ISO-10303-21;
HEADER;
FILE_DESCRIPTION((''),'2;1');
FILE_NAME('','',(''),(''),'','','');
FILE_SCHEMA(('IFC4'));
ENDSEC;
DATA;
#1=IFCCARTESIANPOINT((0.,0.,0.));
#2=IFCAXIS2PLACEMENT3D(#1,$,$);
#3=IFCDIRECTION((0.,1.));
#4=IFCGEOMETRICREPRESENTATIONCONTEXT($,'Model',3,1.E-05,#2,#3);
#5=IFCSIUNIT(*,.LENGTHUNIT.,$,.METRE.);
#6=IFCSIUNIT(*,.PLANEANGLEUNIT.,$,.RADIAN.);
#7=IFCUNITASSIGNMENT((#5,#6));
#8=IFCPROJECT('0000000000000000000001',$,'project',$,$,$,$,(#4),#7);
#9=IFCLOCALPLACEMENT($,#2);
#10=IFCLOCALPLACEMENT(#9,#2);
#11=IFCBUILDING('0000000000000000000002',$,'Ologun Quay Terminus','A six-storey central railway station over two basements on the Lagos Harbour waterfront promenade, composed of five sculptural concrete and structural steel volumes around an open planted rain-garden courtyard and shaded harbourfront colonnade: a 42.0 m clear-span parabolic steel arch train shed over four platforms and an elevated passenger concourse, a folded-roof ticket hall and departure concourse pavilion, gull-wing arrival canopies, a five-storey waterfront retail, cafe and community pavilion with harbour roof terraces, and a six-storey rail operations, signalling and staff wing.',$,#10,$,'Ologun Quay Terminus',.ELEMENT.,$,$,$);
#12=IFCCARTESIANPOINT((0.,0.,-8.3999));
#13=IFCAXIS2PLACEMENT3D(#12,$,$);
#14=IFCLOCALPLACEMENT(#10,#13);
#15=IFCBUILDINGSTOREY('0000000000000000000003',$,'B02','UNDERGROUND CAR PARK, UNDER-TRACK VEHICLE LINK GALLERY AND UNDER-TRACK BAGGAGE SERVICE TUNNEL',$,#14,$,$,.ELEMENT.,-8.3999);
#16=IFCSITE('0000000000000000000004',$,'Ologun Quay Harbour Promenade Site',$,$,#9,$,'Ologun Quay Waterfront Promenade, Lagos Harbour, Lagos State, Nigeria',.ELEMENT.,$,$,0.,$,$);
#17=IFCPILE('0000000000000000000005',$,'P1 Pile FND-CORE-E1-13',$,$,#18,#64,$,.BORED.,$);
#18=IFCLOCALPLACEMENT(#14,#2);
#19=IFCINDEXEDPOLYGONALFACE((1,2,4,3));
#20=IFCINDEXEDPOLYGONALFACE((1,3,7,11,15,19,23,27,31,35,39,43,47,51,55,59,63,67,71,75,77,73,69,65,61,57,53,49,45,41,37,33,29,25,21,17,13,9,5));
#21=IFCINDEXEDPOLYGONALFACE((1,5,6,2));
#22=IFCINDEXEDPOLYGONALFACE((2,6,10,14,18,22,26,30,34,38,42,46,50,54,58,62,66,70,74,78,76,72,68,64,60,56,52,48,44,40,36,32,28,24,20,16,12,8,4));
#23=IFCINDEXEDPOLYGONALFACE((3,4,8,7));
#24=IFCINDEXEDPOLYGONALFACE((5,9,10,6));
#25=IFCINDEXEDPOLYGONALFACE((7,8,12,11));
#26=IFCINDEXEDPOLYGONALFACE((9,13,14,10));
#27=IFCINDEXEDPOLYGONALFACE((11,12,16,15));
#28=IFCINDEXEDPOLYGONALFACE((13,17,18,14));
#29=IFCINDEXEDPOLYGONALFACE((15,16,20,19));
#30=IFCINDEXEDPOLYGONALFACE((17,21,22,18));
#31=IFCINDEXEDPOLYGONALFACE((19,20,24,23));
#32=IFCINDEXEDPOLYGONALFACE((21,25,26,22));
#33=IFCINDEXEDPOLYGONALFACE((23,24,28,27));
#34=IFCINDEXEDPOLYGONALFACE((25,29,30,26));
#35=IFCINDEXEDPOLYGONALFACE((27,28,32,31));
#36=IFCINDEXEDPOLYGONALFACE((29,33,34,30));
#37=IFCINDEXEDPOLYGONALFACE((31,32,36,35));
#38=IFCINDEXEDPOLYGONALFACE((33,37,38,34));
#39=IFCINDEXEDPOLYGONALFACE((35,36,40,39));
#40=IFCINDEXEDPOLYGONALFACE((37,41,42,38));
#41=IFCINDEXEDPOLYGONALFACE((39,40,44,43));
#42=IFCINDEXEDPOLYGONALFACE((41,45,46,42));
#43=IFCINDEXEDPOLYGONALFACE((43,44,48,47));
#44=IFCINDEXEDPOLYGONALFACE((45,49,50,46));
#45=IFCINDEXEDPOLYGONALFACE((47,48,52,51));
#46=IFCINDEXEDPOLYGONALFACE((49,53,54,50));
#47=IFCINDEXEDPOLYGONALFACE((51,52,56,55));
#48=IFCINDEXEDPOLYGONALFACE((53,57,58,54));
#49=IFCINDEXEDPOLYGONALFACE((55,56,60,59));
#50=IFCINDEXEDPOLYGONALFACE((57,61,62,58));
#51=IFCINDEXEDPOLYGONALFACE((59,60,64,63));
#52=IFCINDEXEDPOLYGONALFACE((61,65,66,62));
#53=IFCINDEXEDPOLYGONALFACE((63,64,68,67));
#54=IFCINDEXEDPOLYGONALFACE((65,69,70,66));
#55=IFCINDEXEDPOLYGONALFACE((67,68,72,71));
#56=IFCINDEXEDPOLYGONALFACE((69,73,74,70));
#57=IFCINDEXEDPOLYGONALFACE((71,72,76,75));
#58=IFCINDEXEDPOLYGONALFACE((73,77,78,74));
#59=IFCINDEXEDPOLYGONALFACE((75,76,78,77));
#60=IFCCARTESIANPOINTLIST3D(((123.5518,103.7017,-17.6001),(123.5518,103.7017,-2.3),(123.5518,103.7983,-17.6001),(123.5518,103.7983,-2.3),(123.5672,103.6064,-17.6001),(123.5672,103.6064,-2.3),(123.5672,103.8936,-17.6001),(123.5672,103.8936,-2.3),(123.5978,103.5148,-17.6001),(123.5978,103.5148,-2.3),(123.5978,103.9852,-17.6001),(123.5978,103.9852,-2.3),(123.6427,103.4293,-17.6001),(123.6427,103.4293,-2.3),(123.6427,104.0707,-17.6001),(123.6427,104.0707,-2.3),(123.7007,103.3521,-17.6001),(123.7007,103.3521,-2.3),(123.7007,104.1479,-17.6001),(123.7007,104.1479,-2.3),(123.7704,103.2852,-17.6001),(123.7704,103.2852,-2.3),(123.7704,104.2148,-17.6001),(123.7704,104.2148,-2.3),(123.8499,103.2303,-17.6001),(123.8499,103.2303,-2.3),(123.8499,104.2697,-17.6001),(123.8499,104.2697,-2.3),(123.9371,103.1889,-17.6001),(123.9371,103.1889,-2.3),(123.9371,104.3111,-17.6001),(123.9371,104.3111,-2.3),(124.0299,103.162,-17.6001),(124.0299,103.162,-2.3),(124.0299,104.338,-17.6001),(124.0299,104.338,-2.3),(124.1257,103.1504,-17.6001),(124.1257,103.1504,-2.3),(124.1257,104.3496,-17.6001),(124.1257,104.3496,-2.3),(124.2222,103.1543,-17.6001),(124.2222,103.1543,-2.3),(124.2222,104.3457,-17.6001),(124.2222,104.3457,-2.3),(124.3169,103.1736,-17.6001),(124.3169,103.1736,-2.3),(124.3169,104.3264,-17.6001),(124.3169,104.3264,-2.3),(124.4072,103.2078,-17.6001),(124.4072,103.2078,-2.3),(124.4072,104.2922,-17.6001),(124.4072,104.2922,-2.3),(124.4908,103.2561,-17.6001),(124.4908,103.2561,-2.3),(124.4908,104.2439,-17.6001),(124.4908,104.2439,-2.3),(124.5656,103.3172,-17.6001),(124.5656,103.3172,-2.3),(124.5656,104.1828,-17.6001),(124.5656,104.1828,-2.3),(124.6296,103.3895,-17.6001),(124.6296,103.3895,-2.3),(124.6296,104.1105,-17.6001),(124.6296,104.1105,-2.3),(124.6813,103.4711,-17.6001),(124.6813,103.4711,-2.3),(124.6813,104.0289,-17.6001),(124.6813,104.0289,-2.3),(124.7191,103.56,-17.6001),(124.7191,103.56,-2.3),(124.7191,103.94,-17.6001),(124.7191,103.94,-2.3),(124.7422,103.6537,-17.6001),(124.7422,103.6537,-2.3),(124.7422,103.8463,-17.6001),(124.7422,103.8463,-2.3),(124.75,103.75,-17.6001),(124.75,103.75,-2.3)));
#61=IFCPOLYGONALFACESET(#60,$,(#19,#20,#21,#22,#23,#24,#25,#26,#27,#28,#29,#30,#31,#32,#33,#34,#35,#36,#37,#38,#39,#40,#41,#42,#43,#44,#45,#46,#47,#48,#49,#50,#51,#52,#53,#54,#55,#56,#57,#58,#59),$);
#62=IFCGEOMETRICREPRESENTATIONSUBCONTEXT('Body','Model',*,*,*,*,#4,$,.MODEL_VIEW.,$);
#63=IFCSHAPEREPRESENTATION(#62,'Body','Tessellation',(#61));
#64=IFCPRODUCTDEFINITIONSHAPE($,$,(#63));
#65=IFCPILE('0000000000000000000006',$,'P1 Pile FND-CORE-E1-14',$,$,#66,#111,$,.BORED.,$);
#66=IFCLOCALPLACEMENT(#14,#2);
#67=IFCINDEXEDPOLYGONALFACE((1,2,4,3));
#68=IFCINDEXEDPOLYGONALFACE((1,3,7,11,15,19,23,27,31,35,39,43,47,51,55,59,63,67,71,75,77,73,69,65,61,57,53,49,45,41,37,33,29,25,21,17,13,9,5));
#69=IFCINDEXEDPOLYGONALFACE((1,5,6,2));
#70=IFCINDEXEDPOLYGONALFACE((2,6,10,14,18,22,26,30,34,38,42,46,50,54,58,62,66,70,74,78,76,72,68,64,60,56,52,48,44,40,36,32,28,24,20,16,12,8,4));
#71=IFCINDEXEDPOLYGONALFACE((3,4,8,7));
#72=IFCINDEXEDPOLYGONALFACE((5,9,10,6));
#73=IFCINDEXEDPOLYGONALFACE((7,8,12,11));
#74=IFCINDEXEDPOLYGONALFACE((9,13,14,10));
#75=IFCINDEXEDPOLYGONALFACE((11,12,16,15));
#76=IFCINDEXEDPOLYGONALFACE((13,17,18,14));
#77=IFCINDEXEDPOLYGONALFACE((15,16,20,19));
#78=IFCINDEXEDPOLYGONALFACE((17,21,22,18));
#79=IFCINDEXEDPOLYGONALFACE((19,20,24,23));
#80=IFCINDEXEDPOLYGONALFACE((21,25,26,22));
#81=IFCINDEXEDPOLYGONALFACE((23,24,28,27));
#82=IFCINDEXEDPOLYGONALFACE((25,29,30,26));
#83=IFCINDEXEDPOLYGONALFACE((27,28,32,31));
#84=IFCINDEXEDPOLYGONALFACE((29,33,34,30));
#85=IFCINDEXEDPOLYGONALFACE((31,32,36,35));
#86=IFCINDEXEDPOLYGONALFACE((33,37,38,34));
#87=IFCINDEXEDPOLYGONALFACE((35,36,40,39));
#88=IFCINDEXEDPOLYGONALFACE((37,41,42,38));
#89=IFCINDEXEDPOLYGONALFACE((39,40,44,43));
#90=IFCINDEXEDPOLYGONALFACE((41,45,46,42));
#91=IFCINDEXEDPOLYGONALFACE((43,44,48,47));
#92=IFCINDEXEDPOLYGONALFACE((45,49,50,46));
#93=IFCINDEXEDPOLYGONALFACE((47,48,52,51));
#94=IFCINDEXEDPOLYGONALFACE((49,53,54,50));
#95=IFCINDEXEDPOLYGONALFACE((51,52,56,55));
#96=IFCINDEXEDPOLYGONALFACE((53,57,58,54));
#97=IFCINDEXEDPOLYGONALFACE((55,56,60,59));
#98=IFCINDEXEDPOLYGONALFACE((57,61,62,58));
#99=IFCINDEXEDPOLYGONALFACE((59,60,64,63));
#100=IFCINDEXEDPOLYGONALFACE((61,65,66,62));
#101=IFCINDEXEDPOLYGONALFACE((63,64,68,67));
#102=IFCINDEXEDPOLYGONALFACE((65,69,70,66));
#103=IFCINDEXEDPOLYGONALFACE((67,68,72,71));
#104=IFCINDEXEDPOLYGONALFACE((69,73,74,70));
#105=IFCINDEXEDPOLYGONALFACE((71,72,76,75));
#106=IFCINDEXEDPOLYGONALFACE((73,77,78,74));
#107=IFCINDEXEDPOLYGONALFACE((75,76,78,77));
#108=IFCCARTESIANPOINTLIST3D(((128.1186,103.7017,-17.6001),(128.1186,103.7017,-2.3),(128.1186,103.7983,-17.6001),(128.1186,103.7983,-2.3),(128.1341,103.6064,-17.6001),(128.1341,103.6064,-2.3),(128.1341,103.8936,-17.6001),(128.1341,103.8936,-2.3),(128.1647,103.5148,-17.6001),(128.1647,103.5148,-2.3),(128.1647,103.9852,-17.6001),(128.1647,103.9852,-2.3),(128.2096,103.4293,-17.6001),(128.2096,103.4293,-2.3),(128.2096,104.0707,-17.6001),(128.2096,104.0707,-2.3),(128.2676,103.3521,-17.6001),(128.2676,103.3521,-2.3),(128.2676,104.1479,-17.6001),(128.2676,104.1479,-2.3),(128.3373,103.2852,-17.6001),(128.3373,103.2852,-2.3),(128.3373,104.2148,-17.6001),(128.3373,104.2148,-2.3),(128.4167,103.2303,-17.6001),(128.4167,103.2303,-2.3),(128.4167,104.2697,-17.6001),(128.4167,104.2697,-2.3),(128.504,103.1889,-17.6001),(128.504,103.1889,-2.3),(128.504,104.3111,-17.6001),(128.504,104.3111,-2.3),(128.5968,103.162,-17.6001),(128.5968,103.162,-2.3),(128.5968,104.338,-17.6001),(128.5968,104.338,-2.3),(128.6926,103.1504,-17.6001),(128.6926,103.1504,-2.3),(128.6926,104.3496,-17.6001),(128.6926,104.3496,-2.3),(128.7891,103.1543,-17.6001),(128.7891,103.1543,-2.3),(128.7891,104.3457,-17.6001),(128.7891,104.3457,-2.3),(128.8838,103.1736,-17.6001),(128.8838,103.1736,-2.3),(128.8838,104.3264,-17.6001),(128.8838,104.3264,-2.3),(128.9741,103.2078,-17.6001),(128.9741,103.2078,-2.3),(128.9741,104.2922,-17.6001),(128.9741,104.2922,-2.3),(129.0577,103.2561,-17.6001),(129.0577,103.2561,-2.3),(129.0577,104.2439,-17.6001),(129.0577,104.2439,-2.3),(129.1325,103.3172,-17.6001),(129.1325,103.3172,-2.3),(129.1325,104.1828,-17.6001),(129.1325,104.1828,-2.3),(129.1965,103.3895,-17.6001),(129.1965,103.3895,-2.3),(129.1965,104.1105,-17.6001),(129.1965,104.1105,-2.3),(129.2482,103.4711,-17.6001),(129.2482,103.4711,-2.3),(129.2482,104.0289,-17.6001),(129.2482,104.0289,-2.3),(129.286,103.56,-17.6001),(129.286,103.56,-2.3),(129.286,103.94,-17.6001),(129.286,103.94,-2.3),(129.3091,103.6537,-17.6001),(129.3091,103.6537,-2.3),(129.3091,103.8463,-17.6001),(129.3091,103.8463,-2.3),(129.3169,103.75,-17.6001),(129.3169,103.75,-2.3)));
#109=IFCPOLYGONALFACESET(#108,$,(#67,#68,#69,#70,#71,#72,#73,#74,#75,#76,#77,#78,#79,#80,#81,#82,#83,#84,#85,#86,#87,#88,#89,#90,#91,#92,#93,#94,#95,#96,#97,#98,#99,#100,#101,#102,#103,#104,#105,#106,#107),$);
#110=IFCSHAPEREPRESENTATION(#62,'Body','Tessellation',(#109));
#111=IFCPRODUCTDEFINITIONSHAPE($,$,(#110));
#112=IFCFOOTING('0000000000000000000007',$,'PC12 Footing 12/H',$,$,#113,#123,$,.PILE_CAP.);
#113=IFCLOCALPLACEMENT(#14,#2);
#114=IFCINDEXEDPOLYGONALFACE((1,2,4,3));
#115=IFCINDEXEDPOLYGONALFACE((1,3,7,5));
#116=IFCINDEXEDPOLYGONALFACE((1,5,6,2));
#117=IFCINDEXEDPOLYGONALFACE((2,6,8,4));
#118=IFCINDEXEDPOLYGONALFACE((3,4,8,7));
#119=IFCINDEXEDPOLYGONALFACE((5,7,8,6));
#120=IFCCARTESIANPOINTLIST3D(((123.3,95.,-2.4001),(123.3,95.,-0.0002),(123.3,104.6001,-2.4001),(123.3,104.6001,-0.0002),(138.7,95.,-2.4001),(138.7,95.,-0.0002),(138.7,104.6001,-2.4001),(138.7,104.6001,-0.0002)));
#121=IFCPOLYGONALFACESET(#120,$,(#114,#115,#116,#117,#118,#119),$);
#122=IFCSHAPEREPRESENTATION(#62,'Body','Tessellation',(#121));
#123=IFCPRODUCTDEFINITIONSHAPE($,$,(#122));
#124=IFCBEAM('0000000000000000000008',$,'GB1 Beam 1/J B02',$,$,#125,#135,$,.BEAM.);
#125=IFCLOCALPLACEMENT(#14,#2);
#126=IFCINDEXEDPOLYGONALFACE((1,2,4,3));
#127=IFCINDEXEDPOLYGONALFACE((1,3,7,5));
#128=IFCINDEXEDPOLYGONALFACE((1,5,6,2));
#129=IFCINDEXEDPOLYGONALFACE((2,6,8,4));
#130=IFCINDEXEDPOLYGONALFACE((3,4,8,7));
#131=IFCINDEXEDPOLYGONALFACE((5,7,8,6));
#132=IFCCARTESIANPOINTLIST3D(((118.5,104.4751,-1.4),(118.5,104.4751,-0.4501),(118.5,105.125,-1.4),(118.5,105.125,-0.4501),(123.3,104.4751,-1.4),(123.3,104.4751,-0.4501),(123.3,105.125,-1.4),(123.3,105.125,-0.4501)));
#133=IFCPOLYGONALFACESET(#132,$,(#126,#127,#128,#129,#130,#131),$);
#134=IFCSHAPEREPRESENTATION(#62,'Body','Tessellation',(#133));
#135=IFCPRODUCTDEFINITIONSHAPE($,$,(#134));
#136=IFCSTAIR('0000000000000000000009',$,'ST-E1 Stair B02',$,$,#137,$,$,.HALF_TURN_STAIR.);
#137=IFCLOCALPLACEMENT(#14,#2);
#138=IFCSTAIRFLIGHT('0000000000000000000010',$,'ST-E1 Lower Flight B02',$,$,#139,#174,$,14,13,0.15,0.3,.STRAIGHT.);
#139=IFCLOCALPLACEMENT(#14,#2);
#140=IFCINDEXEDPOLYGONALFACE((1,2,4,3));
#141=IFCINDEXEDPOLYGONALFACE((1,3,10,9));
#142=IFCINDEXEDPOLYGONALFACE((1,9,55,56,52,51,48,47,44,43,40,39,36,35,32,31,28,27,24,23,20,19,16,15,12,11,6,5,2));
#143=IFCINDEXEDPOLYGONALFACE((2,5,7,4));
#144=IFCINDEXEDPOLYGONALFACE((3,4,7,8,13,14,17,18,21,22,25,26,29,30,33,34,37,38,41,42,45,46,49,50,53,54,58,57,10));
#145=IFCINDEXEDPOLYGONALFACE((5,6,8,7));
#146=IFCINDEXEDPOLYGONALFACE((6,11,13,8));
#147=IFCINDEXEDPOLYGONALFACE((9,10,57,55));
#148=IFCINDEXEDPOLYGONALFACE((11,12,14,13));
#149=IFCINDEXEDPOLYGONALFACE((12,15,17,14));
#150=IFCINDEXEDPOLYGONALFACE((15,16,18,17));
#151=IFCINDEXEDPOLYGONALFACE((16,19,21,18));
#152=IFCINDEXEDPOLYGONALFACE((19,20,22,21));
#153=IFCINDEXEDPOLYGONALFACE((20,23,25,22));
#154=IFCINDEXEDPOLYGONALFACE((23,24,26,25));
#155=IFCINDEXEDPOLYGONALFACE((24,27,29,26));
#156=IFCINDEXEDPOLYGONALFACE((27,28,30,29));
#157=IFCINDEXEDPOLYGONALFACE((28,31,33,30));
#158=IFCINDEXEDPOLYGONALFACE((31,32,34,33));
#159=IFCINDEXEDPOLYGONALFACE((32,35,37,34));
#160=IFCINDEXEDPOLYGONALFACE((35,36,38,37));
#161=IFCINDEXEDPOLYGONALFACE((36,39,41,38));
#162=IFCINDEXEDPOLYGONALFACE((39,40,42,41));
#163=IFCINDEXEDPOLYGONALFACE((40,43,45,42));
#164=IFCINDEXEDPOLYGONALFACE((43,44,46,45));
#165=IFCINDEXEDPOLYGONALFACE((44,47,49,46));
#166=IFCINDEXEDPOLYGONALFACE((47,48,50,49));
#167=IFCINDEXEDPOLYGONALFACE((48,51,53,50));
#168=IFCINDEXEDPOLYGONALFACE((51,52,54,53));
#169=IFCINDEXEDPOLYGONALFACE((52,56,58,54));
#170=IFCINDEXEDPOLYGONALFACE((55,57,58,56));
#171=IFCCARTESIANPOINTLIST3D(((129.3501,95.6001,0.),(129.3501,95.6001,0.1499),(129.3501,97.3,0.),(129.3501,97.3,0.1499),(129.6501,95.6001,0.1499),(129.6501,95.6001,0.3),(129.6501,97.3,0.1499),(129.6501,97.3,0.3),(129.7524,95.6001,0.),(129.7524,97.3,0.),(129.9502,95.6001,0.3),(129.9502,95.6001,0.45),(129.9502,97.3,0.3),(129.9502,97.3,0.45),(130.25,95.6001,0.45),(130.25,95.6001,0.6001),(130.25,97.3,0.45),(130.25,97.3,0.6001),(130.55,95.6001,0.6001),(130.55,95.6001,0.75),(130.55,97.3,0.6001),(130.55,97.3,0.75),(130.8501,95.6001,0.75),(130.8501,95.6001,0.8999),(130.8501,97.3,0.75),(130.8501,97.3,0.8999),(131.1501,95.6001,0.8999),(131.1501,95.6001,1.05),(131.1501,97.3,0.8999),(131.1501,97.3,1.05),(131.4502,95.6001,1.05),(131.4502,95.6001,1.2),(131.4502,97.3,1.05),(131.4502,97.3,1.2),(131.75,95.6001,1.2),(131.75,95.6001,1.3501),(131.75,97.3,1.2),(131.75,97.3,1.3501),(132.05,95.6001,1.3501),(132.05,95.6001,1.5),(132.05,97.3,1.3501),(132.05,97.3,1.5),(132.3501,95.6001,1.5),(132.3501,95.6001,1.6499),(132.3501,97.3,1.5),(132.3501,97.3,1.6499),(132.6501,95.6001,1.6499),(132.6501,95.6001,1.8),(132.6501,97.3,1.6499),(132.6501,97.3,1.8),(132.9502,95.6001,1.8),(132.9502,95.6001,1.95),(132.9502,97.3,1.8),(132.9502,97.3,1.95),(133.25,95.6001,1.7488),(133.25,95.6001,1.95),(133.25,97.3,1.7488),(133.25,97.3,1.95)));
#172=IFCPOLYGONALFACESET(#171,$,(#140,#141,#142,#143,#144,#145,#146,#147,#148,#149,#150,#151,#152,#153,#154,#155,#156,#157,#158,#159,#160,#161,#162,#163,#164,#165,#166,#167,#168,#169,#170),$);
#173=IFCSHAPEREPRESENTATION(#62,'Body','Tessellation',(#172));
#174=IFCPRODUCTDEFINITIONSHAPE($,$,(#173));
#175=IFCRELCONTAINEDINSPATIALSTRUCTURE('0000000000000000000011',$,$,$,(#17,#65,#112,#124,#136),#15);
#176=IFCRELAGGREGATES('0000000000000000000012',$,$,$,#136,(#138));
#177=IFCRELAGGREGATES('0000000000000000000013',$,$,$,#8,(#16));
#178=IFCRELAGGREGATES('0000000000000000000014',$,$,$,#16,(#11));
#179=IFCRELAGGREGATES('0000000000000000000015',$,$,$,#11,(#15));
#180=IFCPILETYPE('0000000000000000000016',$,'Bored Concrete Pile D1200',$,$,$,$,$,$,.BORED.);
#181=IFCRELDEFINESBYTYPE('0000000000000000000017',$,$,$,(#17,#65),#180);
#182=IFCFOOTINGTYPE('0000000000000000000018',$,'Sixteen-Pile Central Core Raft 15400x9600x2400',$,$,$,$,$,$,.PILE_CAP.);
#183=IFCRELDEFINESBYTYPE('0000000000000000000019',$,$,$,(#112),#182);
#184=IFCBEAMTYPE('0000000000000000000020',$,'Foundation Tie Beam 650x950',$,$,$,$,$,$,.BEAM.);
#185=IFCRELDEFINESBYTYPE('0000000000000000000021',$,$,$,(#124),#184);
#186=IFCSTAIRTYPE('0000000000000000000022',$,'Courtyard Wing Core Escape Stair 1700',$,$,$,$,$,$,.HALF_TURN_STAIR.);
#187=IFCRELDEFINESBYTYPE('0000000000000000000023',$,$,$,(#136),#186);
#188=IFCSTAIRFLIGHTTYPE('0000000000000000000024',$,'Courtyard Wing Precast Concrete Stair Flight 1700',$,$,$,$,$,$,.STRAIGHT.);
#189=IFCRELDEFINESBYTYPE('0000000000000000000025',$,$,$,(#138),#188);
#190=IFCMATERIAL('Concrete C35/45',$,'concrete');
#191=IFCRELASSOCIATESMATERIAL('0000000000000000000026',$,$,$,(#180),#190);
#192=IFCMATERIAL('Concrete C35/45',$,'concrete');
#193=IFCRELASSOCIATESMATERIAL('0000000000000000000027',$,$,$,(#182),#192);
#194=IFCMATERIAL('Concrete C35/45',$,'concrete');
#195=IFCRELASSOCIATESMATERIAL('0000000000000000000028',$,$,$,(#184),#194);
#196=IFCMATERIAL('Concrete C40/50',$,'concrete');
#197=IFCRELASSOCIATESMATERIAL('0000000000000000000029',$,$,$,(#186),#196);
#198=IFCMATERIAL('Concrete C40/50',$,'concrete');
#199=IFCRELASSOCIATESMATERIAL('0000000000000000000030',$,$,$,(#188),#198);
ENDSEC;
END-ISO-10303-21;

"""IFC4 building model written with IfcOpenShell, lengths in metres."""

from ifc_helpers import new_model, si_unit, direction, frame, origin, origin_2d, place, context, subcontext, project, spatial, polyline, rectangle, circle, outline, extrude, material, material_profile, profile_set, type_object, element, aggregate, save


model = new_model("IFC4")

# Units and contexts
model_context = context("Model", 3, precision=1e-05, world=origin(), true_north=direction((0.0, 1.0)))
body_context = subcontext(model_context, "Body", "Model", "MODEL_VIEW")
ifc_project = project(units=[si_unit("LENGTHUNIT", "METRE"), si_unit("PLANEANGLEUNIT", "RADIAN")], contexts=[model_context])

# Site, building, storey
site_placement = place(None, origin())
site = spatial("IfcSite", under=ifc_project, at=site_placement, Name="Ologun Quay Harbour Promenade Site", LongName="Ologun Quay Waterfront Promenade, Lagos Harbour, Lagos State, Nigeria", CompositionType="ELEMENT", RefElevation=0.0)
building_placement = place(site_placement, origin())
building = spatial("IfcBuilding", under=site, at=building_placement, Name="Ologun Quay Terminus", Description="A six-storey central railway station over two basements on the Lagos Harbour waterfront promenade, composed of five sculptural concrete and structural steel volumes around an open planted rain-garden courtyard and shaded harbourfront colonnade: a 42.0 m clear-span parabolic steel arch train shed over four platforms and an elevated passenger concourse, a folded-roof ticket hall and departure concourse pavilion, gull-wing arrival canopies, a five-storey waterfront retail, cafe and community pavilion with harbour roof terraces, and a six-storey rail operations, signalling and staff wing.", LongName="Ologun Quay Terminus", CompositionType="ELEMENT")
storey_placement = place(building_placement, frame((0.0, 0.0, -8.3999)))
storey = spatial("IfcBuildingStorey", under=building, at=storey_placement, Name="B02", Description="UNDERGROUND CAR PARK, UNDER-TRACK VEHICLE LINK GALLERY AND UNDER-TRACK BAGGAGE SERVICE TUNNEL", CompositionType="ELEMENT", Elevation=-8.3999)

# Piles
ifc_material_1 = material(Name="Concrete C35/45", Category="concrete")
ifc_material_profile_1 = material_profile(ifc_material_1, circle(Radius=0.6001, at=origin_2d()), Name="PILE D1200")
ifc_profile_set_1 = profile_set([ifc_material_profile_1], Name="Concrete C35/45")
pile_type = type_object("IfcPileType", Name="Bored Concrete Pile D1200", PredefinedType="BORED", material=ifc_profile_set_1)
for number, where, z_axis, x_axis, name in (
    (1, (124.1499, 103.75, -2.3), (0.0, 0.0, -1.0), (1.0, 0.0, 0.0), "P1 Pile FND-CORE-E1-13"),
    (2, (128.7168, 103.75, -2.3), (0.0, 0.0, -1.0), (1.0, 0.0, 0.0), "P1 Pile FND-CORE-E1-14"),
):
    element("IfcPile", number, at=place(storey_placement, frame(where, z_axis=z_axis, x_axis=x_axis)), inside=storey, type_object=pile_type, Name=name, PredefinedType="BORED", context=body_context, shape_type="SweptSolid", body=[
        extrude(circle(Radius=0.6001, at=origin_2d()), origin(), (0.0, 0.0, 1.0), 15.3),
    ])

# Footing
ifc_material_2 = material(Name="Concrete C35/45", Category="concrete")
footing_type = type_object("IfcFootingType", Name="Sixteen-Pile Central Core Raft 15400x9600x2400", PredefinedType="PILE_CAP", material=ifc_material_2)
footing_placement = place(storey_placement, frame((131.0, 99.8, -2.4001), z_axis=(0.0, 0.0, 1.0), x_axis=(1.0, 0.0, 0.0)))
element("IfcFooting", 3, at=footing_placement, inside=storey, type_object=footing_type, Name="PC12 Footing 12/H", PredefinedType="PILE_CAP", context=body_context, shape_type="SweptSolid", body=[
    extrude(rectangle(XDim=15.3999, YDim=9.6001, at=origin_2d()), origin(), (0.0, 0.0, 1.0), 2.3999),
])

# Beam
ifc_material_3 = material(Name="Concrete C35/45", Category="concrete")
ifc_material_profile_2 = material_profile(ifc_material_3, rectangle(XDim=0.6499, YDim=0.95, at=origin_2d()), Name="RC 650x950")
ifc_profile_set_2 = profile_set([ifc_material_profile_2], Name="Concrete C35/45")
beam_type = type_object("IfcBeamType", Name="Foundation Tie Beam 650x950", PredefinedType="BEAM", material=ifc_profile_set_2)
beam_placement = place(storey_placement, frame((118.5, 104.8, -0.925), z_axis=(1.0, 0.0, 0.0), x_axis=(0.0, 1.0, 0.0)))
element("IfcBeam", 4, at=beam_placement, inside=storey, type_object=beam_type, Name="GB1 Beam 1/J B02", PredefinedType="BEAM", context=body_context, shape_type="SweptSolid", body=[
    extrude(rectangle(XDim=0.6499, YDim=0.95, at=origin_2d()), origin(), (0.0, 0.0, 1.0), 4.8),
])

# Stair, stair flight
ifc_material_4 = material(Name="Concrete C40/50", Category="concrete")
stair_type = type_object("IfcStairType", Name="Courtyard Wing Core Escape Stair 1700", PredefinedType="HALF_TURN_STAIR", material=ifc_material_4)
stair_placement = place(storey_placement, origin())
stair = element("IfcStair", 5, at=stair_placement, inside=storey, type_object=stair_type, Name="ST-E1 Stair B02", PredefinedType="HALF_TURN_STAIR")
ifc_material_5 = material(Name="Concrete C40/50", Category="concrete")
stair_flight_type = type_object("IfcStairFlightType", Name="Courtyard Wing Precast Concrete Stair Flight 1700", PredefinedType="STRAIGHT", material=ifc_material_5)
stair_flight_1_placement = place(storey_placement, frame((129.3501, 96.45, 0.0), z_axis=(0.0, 0.0, 1.0), x_axis=(1.0, 0.0, 0.0)))
stair_flight_1 = element("IfcStairFlight", 6, at=stair_flight_1_placement, type_object=stair_flight_type, Name="ST-E1 Lower Flight B02", NumberOfRisers=14, NumberOfTreads=13, PredefinedType="STRAIGHT", RiserHeight=0.15, TreadLength=0.3, context=body_context, shape_type="SweptSolid", body=[
    extrude(outline(polyline([(0.0, 0.0), (0.0, 0.1499), (0.3, 0.1499), (0.3, 0.3), (0.6001, 0.3), (0.6001, 0.45), (0.8999, 0.45), (0.8999, 0.6001), (1.2, 0.6001), (1.2, 0.75), (1.5, 0.75), (1.5, 0.8999), (1.8, 0.8999), (1.8, 1.05), (2.1001, 1.05), (2.1001, 1.2), (2.3999, 1.2), (2.3999, 1.3501), (2.7, 1.3501), (2.7, 1.5), (3.0, 1.5), (3.0, 1.6499), (3.3, 1.6499), (3.3, 1.8), (3.6001, 1.8), (3.6001, 1.95), (3.8999, 1.95), (3.8999, 2.1001), (3.8999, 1.7488), (0.4023, 0.0), (0.0, 0.0)])), frame((0.0, 0.8501, 0.0), z_axis=(0.0, -1.0, 0.0), x_axis=(1.0, 0.0, 0.0)), (0.0, 0.0, 1.0), 1.7),
])
aggregate(stair, [stair_flight_1])

save(model, "model.ifc")
